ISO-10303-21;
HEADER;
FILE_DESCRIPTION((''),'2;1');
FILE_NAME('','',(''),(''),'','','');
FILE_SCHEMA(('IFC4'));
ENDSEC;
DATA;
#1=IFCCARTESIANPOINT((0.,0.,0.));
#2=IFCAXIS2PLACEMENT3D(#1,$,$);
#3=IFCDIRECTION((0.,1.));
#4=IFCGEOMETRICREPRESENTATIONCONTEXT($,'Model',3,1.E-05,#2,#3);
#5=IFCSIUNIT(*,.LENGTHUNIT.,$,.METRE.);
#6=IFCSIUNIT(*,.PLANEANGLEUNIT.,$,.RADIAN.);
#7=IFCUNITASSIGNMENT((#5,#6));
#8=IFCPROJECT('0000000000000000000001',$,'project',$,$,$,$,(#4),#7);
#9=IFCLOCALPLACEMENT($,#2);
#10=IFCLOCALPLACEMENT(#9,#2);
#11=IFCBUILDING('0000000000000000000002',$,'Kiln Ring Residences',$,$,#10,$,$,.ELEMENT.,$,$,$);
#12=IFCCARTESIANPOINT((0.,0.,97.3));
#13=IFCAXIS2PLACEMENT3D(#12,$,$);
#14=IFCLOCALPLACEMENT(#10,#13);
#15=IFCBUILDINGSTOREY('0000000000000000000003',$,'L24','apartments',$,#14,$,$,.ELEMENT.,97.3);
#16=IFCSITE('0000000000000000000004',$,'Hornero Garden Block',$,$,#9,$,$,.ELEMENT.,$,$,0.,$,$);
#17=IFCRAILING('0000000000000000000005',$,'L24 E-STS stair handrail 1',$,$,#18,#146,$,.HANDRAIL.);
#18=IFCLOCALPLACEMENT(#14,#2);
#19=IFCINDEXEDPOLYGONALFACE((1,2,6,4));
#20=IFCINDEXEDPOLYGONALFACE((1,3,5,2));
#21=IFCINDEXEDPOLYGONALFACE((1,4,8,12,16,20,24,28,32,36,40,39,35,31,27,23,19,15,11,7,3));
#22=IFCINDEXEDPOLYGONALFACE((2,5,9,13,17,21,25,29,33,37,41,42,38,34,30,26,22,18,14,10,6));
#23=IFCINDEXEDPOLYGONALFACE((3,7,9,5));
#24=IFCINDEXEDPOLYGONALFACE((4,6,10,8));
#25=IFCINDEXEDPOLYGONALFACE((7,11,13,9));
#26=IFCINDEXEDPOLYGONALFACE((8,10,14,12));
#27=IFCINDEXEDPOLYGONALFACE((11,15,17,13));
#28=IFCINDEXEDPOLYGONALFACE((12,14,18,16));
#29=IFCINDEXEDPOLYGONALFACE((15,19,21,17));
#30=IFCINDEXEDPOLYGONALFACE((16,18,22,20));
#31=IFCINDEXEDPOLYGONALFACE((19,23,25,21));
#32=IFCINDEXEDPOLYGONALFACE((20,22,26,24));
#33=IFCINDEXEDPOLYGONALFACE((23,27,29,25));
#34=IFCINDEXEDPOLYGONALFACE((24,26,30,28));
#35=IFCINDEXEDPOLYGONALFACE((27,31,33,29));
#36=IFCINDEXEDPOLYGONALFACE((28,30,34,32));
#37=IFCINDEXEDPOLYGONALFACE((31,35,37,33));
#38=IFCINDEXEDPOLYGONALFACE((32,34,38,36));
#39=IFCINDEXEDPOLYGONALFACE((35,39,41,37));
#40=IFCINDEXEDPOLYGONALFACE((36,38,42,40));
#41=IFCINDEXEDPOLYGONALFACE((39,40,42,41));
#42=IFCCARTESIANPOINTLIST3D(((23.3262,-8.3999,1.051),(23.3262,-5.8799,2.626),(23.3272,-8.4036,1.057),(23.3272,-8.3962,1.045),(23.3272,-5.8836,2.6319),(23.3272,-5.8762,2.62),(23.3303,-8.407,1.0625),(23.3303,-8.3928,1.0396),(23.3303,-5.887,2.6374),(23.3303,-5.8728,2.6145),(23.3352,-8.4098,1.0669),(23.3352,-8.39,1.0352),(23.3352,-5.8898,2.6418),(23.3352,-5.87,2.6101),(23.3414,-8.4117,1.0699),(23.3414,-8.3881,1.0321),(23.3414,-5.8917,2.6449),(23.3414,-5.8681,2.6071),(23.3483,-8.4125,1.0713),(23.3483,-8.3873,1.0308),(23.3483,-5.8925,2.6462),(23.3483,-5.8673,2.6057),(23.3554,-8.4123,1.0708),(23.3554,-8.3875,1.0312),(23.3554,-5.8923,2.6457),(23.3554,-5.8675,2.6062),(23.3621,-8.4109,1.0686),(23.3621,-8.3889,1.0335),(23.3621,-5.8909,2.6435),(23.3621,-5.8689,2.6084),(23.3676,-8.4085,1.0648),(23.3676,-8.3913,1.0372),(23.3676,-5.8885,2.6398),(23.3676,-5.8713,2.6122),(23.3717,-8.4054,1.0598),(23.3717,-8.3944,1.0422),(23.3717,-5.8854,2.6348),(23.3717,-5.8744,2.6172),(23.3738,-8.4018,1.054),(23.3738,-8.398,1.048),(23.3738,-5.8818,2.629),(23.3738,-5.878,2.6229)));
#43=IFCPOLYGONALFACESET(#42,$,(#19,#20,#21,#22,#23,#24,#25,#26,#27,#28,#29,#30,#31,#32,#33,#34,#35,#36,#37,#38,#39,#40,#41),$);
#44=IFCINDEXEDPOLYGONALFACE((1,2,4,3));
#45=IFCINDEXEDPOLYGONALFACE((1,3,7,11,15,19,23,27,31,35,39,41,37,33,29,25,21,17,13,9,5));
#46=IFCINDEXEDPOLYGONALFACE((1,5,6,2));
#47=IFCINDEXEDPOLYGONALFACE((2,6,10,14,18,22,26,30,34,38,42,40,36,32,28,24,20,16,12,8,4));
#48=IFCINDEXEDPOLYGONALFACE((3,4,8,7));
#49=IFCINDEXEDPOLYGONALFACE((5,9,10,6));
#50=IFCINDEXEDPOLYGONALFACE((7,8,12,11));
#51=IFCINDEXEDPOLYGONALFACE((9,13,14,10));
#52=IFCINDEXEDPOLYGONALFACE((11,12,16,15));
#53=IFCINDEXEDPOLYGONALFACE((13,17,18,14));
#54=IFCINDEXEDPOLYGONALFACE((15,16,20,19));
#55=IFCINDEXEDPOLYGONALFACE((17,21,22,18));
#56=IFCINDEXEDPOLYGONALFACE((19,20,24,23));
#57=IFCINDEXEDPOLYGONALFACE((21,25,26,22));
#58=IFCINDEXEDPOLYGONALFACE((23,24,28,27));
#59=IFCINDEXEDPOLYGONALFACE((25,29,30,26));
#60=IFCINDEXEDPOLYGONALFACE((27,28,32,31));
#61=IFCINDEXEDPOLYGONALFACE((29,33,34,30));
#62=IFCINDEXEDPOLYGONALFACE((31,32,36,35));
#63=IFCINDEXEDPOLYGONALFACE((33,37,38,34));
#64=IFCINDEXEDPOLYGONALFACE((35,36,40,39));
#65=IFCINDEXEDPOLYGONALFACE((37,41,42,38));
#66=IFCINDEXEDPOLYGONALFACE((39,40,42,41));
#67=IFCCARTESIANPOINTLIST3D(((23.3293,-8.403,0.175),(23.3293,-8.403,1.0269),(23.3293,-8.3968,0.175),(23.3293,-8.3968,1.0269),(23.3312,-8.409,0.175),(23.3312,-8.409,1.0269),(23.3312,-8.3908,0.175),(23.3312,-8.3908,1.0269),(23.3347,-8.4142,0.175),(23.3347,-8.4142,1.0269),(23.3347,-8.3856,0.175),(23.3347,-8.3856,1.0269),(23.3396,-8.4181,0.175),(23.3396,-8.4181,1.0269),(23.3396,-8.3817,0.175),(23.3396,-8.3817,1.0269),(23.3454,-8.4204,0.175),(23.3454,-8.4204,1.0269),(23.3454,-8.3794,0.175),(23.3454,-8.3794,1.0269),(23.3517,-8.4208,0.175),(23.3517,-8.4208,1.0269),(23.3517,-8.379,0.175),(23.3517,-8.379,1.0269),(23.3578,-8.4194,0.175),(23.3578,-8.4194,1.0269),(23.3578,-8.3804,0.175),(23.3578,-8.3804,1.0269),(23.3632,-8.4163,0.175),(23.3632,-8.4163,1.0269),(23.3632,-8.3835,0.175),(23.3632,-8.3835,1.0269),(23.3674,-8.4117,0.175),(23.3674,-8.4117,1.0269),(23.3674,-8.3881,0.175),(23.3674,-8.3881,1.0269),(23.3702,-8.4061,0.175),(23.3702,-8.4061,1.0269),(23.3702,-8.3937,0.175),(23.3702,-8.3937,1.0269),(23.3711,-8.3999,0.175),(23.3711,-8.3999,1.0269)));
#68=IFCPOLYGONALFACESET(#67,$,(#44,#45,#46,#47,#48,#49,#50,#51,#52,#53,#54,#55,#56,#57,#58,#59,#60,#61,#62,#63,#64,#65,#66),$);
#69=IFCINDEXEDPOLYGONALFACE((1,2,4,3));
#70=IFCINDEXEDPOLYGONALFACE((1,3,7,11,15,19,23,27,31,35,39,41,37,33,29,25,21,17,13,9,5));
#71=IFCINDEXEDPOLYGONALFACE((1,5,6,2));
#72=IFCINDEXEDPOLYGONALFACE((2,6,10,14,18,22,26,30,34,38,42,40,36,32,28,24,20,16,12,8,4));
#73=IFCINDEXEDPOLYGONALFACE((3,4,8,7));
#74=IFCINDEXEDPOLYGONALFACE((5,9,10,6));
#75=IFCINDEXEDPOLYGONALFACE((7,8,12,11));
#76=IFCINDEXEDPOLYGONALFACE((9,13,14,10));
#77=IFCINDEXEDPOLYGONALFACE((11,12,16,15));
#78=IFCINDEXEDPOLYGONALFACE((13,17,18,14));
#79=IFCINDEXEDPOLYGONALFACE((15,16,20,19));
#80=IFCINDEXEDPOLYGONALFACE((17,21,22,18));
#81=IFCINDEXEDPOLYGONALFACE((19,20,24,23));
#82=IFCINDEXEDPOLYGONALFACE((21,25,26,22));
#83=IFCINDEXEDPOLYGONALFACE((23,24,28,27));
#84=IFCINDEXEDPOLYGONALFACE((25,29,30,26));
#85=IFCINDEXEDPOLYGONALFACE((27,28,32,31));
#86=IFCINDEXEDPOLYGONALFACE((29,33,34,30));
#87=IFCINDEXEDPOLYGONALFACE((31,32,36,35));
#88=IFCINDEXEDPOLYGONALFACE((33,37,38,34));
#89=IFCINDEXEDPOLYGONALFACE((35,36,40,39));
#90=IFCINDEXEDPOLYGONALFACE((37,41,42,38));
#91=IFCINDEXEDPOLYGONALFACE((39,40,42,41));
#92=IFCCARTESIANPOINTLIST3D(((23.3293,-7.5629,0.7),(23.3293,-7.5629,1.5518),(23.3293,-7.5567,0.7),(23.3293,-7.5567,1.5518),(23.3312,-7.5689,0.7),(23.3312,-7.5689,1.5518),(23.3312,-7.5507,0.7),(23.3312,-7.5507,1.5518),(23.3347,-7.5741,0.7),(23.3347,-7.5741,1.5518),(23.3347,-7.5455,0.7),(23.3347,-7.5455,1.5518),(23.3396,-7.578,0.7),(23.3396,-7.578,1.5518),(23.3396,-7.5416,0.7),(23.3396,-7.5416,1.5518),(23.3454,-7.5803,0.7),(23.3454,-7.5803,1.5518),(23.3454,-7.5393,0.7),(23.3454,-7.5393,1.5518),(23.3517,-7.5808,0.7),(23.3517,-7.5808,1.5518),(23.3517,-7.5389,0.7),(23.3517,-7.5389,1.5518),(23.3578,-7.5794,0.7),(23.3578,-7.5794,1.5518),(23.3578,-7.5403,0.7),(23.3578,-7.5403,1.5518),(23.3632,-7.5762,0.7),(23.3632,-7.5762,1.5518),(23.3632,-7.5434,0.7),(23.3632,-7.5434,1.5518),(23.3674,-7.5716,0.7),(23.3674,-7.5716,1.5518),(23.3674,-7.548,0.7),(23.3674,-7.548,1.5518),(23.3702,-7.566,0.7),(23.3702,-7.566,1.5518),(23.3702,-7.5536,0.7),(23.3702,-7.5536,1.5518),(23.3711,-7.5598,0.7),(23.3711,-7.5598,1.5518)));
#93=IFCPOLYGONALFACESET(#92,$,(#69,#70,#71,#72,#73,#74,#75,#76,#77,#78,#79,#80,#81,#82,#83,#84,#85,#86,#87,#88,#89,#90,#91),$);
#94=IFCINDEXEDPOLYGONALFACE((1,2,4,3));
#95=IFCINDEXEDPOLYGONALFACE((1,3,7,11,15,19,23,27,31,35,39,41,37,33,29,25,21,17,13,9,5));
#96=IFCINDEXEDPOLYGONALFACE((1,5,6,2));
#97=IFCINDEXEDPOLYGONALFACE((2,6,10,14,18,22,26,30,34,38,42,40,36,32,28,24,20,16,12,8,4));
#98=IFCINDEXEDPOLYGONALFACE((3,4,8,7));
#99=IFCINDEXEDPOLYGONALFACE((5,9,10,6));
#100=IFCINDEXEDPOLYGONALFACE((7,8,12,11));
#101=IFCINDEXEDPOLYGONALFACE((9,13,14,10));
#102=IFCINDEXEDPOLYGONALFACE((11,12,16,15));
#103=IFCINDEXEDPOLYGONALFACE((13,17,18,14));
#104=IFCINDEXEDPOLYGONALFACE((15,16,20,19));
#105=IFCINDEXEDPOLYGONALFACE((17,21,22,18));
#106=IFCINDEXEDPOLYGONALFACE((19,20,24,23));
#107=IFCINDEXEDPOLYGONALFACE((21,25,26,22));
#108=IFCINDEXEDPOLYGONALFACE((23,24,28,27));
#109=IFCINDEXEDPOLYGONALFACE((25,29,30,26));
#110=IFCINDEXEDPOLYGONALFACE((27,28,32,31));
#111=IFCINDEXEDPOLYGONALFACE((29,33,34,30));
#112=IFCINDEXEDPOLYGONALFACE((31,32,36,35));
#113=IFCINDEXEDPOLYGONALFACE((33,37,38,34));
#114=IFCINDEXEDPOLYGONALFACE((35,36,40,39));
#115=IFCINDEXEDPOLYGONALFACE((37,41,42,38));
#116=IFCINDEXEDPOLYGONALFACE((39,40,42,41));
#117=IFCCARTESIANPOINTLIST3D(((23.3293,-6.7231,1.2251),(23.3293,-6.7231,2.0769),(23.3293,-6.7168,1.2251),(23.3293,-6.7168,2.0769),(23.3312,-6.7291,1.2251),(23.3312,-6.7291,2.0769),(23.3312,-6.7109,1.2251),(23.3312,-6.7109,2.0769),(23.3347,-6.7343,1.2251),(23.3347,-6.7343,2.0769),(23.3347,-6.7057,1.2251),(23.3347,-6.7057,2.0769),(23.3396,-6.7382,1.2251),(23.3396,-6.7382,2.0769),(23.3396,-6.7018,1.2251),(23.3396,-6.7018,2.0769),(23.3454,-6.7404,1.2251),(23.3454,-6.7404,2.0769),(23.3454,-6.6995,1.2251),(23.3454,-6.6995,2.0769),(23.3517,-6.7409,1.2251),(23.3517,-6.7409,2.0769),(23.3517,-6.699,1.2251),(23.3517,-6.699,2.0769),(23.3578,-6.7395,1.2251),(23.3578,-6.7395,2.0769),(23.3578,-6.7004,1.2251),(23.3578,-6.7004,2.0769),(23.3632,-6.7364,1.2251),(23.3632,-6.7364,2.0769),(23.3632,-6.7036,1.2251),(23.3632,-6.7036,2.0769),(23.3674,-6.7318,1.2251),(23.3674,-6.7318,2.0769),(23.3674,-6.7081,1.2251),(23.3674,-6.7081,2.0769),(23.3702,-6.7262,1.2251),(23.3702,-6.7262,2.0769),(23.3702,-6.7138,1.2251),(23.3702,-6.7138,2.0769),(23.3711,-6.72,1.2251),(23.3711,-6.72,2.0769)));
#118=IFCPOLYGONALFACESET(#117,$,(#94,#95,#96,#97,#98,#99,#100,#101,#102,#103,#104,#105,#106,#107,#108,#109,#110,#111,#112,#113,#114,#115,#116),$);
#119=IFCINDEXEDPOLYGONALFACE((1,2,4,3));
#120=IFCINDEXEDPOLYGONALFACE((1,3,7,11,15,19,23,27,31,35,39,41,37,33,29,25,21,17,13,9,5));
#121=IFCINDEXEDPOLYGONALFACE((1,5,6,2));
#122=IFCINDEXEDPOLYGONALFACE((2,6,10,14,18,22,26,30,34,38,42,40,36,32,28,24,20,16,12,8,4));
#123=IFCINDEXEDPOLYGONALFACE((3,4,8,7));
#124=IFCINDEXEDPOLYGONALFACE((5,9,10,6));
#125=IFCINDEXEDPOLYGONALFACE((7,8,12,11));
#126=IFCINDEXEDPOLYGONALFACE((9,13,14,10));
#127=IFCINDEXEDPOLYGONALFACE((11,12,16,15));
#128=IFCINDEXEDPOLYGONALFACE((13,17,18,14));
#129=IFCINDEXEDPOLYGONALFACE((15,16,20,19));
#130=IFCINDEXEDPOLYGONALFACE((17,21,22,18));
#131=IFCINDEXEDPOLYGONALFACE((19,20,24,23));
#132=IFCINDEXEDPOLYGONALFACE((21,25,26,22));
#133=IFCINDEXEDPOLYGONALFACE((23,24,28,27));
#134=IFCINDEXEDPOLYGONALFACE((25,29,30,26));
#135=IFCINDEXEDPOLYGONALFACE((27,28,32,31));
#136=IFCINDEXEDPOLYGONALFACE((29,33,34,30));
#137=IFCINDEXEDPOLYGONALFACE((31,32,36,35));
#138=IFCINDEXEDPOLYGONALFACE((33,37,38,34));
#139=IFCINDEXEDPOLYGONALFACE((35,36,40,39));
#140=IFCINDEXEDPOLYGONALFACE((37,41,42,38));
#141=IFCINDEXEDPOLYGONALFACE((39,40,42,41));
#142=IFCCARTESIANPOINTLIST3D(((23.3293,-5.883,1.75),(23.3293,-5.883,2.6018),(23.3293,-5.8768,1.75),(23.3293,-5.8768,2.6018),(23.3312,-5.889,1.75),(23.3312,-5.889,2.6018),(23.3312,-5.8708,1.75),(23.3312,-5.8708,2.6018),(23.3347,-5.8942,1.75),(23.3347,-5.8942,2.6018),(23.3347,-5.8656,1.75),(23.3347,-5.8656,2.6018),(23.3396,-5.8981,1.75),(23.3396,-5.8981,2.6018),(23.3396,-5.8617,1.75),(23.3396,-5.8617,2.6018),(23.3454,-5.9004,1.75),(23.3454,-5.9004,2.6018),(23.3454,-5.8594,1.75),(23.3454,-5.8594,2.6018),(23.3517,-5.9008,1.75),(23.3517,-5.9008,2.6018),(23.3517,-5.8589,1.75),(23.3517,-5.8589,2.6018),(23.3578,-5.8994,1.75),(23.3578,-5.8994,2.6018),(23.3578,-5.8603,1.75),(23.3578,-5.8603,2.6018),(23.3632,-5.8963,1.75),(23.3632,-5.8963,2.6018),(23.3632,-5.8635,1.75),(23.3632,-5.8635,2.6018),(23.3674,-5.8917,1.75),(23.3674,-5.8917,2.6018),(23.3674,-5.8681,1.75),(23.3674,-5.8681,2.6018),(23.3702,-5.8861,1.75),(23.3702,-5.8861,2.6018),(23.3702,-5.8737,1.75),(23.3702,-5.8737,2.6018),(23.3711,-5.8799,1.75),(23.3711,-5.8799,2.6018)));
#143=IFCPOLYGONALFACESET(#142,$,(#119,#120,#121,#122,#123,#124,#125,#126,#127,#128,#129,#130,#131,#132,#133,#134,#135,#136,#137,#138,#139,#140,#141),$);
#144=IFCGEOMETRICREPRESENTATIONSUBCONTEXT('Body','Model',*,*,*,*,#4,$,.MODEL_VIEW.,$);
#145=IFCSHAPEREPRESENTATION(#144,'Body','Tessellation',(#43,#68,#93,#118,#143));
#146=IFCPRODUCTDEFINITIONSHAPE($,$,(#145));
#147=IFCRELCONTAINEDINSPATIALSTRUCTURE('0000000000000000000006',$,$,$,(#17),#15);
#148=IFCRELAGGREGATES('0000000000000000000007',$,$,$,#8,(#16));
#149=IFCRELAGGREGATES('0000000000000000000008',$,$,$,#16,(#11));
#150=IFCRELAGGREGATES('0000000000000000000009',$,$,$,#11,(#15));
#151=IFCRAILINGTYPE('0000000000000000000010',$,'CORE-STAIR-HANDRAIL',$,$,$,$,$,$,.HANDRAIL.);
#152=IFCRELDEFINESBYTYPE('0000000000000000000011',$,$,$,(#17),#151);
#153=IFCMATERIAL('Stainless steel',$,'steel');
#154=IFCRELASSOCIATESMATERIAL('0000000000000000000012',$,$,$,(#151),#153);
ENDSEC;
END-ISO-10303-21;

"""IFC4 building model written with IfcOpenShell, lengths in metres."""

from ifc_helpers import new_model, si_unit, direction, frame, origin, origin_2d, place, context, subcontext, project, spatial, circle, extrude, material, type_object, element, save


model = new_model("IFC4")

# Units and contexts
model_context = context("Model", 3, precision=1e-05, world=origin(), true_north=direction((0.0, 1.0)))
body_context = subcontext(model_context, "Body", "Model", "MODEL_VIEW")
ifc_project = project(units=[si_unit("LENGTHUNIT", "METRE"), si_unit("PLANEANGLEUNIT", "RADIAN")], contexts=[model_context])

# Site, building, storey
site_placement = place(None, origin())
site = spatial("IfcSite", under=ifc_project, at=site_placement, Name="Hornero Garden Block", CompositionType="ELEMENT", RefElevation=0.0)
building_placement = place(site_placement, origin())
building = spatial("IfcBuilding", under=site, at=building_placement, Name="Kiln Ring Residences", CompositionType="ELEMENT")
storey_placement = place(building_placement, frame((0.0, 0.0, 97.3)))
storey = spatial("IfcBuildingStorey", under=building, at=storey_placement, Name="L24", Description="apartments", CompositionType="ELEMENT", Elevation=97.3)

# Railing
ifc_material_1 = material(Name="Stainless steel", Category="steel")
railing_type_1 = type_object("IfcRailingType", Name="CORE-STAIR-HANDRAIL", PredefinedType="HANDRAIL", material=ifc_material_1)
railing_1_placement = place(storey_placement, frame((23.3501, -8.3999, 0.175)))
element("IfcRailing", 1, at=railing_1_placement, inside=storey, type_object=railing_type_1, Name="L24 E-STS stair handrail 1", PredefinedType="HANDRAIL", context=body_context, shape_type="SweptSolid", body=[
    extrude(circle(Radius=0.0239, at=origin_2d()), frame((0.0, 0.0, 0.876), z_axis=(0.0, 0.848008, 0.529984), x_axis=(-1.0, 0.0, 0.0)), (0.0, 0.0, 1.0), 2.9717),
    extrude(circle(Radius=0.021, at=origin_2d()), origin(), (0.0, 0.0, 1.0), 0.8518),
    extrude(circle(Radius=0.021, at=origin_2d()), frame((0.0, 0.8401, 0.5249)), (0.0, 0.0, 1.0), 0.8518),
    extrude(circle(Radius=0.021, at=origin_2d()), frame((0.0, 1.6799, 1.05)), (0.0, 0.0, 1.0), 0.8518),
    extrude(circle(Radius=0.021, at=origin_2d()), frame((0.0, 2.52, 1.575)), (0.0, 0.0, 1.0), 0.8518),
])

save(model, "model.ifc")
